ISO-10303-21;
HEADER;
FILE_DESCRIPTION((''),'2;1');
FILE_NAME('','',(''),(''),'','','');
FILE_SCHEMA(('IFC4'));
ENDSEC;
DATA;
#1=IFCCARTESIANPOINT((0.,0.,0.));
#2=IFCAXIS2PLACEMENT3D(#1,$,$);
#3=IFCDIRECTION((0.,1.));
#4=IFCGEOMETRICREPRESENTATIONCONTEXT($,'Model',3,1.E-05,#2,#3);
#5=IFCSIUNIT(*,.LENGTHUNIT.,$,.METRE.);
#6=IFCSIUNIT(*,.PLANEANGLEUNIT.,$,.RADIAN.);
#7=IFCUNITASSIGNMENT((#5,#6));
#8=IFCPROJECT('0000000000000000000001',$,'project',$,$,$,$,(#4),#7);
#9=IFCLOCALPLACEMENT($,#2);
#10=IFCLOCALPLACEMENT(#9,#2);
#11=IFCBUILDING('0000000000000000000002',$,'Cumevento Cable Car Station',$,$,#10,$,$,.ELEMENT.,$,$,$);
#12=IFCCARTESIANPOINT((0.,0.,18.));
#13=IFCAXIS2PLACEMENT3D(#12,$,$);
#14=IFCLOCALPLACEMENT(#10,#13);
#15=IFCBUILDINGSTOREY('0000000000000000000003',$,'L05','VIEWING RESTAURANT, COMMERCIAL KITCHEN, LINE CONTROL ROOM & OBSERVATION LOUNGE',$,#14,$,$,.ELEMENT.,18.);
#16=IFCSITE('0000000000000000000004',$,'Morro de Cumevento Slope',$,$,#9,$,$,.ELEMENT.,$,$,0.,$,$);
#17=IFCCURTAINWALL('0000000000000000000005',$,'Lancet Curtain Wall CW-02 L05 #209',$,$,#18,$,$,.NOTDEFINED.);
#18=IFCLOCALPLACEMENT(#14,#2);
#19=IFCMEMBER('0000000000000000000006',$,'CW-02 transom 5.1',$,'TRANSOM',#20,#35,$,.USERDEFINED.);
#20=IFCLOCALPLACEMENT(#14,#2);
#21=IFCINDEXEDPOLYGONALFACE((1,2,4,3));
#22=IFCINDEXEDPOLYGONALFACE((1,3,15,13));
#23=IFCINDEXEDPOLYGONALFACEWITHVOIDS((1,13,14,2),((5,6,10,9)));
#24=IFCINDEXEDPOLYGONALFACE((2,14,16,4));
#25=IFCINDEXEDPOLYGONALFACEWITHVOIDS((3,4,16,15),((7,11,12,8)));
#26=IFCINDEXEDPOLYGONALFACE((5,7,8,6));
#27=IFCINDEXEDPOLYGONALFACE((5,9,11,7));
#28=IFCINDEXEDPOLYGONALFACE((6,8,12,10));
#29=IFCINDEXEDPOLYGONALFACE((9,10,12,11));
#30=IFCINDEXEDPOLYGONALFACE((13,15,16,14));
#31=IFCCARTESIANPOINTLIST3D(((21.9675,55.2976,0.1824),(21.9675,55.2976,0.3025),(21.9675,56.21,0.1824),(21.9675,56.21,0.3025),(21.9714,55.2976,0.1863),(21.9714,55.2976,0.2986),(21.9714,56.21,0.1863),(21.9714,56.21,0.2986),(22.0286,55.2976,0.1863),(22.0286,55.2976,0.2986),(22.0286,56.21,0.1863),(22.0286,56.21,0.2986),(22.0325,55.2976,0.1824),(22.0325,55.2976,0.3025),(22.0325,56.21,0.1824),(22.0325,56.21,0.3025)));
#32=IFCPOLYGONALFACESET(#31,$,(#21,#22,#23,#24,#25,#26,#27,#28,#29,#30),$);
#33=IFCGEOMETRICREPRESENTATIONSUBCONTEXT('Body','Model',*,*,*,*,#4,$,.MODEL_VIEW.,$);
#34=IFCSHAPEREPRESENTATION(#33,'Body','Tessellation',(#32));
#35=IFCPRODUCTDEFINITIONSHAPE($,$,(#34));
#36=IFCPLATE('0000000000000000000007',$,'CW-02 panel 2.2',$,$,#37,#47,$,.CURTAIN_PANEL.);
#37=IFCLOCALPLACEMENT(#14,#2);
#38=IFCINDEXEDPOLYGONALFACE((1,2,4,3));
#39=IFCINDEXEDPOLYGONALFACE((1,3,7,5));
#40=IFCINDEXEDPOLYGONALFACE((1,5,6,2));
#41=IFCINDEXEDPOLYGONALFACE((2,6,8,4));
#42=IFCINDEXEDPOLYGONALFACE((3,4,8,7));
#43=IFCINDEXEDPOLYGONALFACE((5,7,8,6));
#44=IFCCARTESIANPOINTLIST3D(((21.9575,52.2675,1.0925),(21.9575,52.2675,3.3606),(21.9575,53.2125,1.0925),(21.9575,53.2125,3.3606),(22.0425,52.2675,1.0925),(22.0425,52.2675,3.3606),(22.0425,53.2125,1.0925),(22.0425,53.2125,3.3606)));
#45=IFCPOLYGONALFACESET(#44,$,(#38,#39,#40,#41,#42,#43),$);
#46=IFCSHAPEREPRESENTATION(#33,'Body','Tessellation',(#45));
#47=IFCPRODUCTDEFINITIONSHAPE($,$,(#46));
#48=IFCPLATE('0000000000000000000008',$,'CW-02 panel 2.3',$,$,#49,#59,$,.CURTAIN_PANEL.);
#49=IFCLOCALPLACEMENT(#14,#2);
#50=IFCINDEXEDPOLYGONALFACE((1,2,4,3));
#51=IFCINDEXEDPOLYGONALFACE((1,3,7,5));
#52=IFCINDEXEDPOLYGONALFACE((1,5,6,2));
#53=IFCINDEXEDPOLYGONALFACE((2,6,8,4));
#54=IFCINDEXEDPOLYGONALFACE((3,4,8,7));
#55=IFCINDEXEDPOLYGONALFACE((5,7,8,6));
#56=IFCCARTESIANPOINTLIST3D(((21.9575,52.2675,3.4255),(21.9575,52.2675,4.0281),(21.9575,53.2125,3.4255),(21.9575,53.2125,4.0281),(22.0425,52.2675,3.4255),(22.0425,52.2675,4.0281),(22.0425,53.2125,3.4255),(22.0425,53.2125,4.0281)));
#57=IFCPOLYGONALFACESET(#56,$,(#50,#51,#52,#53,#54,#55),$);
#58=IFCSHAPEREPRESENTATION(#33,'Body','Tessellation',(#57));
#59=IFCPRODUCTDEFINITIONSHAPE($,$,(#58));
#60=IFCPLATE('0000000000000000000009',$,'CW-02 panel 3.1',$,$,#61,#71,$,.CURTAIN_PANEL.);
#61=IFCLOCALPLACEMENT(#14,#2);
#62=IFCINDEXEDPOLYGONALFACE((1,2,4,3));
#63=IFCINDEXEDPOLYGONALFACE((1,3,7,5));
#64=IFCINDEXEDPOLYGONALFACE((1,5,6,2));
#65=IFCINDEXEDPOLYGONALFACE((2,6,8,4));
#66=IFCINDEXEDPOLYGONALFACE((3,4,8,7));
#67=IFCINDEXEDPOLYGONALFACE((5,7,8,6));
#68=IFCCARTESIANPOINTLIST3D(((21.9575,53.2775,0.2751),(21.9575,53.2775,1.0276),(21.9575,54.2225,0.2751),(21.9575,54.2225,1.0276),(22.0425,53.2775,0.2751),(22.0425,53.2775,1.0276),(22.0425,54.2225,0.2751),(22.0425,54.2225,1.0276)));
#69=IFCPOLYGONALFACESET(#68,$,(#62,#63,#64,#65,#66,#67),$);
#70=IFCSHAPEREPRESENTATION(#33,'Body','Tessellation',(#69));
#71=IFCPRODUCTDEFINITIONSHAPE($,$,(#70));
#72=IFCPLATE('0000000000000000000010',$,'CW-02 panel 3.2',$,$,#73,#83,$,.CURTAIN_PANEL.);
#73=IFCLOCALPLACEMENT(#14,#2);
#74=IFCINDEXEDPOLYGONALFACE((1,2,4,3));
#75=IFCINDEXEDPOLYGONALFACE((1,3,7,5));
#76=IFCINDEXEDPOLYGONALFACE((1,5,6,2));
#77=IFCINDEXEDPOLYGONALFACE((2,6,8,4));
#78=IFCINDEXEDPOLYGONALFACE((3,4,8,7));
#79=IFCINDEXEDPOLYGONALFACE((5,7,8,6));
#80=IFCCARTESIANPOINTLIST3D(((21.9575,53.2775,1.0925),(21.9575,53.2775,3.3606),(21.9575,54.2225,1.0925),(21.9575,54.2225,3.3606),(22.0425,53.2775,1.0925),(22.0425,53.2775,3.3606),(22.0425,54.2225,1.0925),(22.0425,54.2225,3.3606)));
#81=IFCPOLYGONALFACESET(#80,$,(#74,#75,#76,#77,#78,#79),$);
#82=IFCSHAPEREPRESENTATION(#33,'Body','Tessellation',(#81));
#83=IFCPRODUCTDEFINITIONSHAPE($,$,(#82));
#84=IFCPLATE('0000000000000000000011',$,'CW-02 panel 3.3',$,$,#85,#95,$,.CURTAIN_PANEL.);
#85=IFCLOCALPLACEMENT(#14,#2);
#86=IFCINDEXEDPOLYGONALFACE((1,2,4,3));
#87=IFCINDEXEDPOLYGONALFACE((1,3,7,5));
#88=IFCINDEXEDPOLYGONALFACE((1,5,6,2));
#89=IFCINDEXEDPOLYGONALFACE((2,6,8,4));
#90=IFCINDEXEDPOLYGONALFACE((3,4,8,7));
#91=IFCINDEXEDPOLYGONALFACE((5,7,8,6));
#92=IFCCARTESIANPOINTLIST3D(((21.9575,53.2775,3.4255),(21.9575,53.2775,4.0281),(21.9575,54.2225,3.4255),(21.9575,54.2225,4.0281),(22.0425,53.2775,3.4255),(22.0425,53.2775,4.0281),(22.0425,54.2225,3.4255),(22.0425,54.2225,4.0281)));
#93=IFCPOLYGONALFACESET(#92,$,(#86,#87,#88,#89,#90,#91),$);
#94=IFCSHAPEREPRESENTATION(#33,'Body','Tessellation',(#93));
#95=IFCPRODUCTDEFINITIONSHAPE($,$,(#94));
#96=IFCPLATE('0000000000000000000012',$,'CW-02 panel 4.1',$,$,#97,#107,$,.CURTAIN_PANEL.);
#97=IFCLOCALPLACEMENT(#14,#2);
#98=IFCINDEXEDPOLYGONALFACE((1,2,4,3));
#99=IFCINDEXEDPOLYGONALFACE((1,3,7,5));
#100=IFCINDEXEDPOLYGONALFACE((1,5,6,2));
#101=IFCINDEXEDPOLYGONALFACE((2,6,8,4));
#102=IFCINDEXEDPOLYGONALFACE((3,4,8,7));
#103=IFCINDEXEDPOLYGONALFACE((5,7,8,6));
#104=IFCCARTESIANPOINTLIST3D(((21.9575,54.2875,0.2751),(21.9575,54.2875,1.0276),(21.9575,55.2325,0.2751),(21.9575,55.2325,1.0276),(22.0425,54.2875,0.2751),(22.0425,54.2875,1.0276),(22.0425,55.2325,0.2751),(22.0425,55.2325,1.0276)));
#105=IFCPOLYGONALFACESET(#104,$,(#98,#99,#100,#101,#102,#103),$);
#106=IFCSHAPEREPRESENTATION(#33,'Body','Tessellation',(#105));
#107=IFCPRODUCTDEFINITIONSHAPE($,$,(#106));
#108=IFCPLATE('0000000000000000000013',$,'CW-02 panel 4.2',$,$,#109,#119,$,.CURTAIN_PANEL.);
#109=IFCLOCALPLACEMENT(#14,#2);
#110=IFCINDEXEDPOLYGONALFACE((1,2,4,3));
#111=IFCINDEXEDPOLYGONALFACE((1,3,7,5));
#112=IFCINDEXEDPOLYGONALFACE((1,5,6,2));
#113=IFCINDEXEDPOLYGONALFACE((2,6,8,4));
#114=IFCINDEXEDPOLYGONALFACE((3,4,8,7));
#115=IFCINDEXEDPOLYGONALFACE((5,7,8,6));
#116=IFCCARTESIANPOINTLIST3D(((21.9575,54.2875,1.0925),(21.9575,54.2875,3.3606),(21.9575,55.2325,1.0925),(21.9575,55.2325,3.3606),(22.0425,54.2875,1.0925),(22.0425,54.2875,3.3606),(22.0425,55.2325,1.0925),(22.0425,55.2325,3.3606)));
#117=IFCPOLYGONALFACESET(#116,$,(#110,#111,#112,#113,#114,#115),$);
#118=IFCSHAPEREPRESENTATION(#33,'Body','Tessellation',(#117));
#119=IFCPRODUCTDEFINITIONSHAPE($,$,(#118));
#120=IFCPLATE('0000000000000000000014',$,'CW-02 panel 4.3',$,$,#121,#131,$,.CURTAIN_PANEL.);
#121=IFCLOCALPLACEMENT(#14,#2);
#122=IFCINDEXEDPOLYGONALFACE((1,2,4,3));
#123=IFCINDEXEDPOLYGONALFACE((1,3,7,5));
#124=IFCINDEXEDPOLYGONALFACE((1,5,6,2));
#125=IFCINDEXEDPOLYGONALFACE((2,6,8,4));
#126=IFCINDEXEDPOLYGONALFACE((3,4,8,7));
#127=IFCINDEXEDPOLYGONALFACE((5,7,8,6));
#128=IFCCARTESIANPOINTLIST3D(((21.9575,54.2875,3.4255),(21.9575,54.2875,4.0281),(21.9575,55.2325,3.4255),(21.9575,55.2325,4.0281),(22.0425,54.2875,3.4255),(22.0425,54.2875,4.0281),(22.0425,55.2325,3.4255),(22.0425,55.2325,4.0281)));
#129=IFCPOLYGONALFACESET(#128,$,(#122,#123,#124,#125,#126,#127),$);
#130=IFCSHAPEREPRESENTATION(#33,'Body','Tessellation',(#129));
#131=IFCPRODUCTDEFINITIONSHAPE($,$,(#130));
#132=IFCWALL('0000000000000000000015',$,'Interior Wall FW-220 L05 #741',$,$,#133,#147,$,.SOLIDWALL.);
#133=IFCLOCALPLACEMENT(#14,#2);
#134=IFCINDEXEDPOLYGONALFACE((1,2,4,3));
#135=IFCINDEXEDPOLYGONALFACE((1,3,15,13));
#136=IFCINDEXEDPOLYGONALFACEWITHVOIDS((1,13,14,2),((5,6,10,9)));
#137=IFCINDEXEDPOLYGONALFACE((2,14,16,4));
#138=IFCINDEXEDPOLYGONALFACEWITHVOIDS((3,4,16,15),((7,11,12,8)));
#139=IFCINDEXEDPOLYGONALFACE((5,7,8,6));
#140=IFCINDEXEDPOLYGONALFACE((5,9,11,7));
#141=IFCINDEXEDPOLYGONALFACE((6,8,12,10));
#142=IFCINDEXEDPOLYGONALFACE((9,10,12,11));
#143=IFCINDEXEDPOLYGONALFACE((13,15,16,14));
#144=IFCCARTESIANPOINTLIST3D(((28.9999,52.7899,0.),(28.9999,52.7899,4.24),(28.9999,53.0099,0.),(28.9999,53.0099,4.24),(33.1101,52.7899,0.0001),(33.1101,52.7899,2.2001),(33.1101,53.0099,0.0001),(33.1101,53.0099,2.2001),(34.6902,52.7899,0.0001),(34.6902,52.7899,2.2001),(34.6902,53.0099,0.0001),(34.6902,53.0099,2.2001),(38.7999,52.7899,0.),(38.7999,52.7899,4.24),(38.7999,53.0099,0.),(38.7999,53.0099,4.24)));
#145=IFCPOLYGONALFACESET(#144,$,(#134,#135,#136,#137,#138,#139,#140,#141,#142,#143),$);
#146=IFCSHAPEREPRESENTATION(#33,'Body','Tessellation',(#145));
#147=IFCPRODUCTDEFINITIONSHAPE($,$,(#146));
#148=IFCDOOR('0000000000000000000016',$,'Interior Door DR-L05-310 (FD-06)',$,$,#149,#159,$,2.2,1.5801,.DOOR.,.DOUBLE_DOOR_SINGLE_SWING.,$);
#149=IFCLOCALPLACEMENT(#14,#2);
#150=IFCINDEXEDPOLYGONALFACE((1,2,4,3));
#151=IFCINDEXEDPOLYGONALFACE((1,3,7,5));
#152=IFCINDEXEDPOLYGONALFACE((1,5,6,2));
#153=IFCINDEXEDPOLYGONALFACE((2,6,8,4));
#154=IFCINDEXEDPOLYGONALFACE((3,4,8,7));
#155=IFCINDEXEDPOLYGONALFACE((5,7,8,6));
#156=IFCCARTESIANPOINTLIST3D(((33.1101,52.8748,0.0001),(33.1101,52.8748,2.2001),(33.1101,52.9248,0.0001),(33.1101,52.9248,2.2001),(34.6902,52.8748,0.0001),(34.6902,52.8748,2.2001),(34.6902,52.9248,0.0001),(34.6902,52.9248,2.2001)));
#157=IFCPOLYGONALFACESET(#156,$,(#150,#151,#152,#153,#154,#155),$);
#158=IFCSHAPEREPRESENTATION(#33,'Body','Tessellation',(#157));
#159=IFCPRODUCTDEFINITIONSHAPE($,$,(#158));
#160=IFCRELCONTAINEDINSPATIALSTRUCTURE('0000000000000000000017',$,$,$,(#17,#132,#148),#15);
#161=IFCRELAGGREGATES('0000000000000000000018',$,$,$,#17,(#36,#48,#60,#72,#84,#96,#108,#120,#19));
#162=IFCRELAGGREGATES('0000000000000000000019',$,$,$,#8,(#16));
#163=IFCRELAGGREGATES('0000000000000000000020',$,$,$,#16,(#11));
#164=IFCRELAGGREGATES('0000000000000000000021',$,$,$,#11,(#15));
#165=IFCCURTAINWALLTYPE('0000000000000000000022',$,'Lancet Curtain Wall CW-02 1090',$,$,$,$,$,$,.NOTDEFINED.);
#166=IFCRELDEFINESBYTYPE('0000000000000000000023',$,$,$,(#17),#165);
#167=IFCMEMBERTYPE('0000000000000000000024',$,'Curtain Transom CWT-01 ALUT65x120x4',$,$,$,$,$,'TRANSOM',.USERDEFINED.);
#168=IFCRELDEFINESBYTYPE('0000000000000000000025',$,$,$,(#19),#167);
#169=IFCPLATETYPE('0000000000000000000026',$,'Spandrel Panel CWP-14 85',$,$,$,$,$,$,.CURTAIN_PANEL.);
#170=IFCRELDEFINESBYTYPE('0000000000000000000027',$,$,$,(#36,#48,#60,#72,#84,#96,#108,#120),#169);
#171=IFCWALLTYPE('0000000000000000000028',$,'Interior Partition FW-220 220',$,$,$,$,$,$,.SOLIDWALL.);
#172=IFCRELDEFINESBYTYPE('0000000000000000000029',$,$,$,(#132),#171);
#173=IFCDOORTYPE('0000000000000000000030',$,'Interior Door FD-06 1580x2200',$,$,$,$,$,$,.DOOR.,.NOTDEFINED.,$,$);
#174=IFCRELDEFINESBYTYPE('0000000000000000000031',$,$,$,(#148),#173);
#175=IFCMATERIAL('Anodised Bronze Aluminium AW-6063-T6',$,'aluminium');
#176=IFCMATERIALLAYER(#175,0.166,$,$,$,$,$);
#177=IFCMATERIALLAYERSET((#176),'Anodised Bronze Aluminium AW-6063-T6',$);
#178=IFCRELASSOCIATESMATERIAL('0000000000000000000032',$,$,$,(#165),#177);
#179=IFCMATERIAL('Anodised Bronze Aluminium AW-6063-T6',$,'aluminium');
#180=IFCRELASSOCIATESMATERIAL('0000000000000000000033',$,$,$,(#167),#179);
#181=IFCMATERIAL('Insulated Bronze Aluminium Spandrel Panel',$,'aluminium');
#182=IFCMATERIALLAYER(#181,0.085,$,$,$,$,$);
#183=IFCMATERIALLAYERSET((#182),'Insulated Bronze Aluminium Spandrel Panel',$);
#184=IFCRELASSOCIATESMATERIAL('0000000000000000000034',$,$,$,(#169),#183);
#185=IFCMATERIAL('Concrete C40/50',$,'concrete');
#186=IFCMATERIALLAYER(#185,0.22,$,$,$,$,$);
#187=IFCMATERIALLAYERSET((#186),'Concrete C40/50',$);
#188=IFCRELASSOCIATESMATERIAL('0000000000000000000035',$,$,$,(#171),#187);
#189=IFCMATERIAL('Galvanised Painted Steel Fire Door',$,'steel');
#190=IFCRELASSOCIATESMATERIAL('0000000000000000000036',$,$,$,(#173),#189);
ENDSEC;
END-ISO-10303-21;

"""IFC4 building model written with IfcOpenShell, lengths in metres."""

from ifc_helpers import new_model, si_unit, direction, frame, frame_2d, origin, origin_2d, place, context, subcontext, project, spatial, rectangle, hollow_rectangle, extrude, material, layer, layer_set, material_profile, profile_set, type_object, element, fill, aggregate, save


model = new_model("IFC4")

# Units and contexts
model_context = context("Model", 3, precision=1e-05, world=origin(), true_north=direction((0.0, 1.0)))
body_context = subcontext(model_context, "Body", "Model", "MODEL_VIEW")
ifc_project = project(units=[si_unit("LENGTHUNIT", "METRE"), si_unit("PLANEANGLEUNIT", "RADIAN")], contexts=[model_context])

# Site, building, storey
site_placement = place(None, origin())
site = spatial("IfcSite", under=ifc_project, at=site_placement, Name="Morro de Cumevento Slope", CompositionType="ELEMENT", RefElevation=0.0)
building_placement = place(site_placement, origin())
building = spatial("IfcBuilding", under=site, at=building_placement, Name="Cumevento Cable Car Station", CompositionType="ELEMENT")
storey_placement = place(building_placement, frame((0.0, 0.0, 18.0)))
storey = spatial("IfcBuildingStorey", under=building, at=storey_placement, Name="L05", Description="VIEWING RESTAURANT, COMMERCIAL KITCHEN, LINE CONTROL ROOM & OBSERVATION LOUNGE", CompositionType="ELEMENT", Elevation=18.0)

# Curtain wall, member, plates
ifc_material_1 = material(Name="Anodised Bronze Aluminium AW-6063-T6", Category="aluminium")
ifc_layer_1 = layer(ifc_material_1, 0.166)
ifc_layer_set_1 = layer_set([ifc_layer_1], Name="Anodised Bronze Aluminium AW-6063-T6")
curtain_wall_type = type_object("IfcCurtainWallType", Name="Lancet Curtain Wall CW-02 1090", PredefinedType="NOTDEFINED", material=ifc_layer_set_1)
curtain_wall_placement = place(storey_placement, origin())
curtain_wall = element("IfcCurtainWall", 1, at=curtain_wall_placement, inside=storey, type_object=curtain_wall_type, Name="Lancet Curtain Wall CW-02 L05 #209", PredefinedType="NOTDEFINED")
ifc_material_2 = material(Name="Anodised Bronze Aluminium AW-6063-T6", Category="aluminium")
ifc_material_profile_1 = material_profile(ifc_material_2, hollow_rectangle(XDim=0.0649, YDim=0.1201, WallThickness=0.0039, at=origin_2d()), Name="ALUT65x120x4")
ifc_profile_set_1 = profile_set([ifc_material_profile_1], Name="Anodised Bronze Aluminium AW-6063-T6")
member_type_1 = type_object("IfcMemberType", Name="Curtain Transom CWT-01 ALUT65x120x4", ElementType="TRANSOM", PredefinedType="USERDEFINED", material=ifc_profile_set_1)
member_1_placement = place(storey_placement, frame((22.0, 55.2976, 0.2424), z_axis=(0.0, 1.0, 0.0), x_axis=(-1.0, 0.0, 0.0)))
member_1 = element("IfcMember", 2, at=member_1_placement, type_object=member_type_1, Name="CW-02 transom 5.1", ObjectType="TRANSOM", PredefinedType="USERDEFINED", context=body_context, shape_type="SweptSolid", body=[
    extrude(hollow_rectangle(XDim=0.0649, YDim=0.1201, WallThickness=0.0039, at=origin_2d()), origin(), (0.0, 0.0, 1.0), 0.9124),
])
ifc_material_3 = material(Name="Insulated Bronze Aluminium Spandrel Panel", Category="aluminium")
ifc_layer_2 = layer(ifc_material_3, 0.085)
ifc_layer_set_2 = layer_set([ifc_layer_2], Name="Insulated Bronze Aluminium Spandrel Panel")
plate_type = type_object("IfcPlateType", Name="Spandrel Panel CWP-14 85", PredefinedType="CURTAIN_PANEL", material=ifc_layer_set_2)
plate_1_placement = place(storey_placement, frame((22.0, 52.74, 1.0925), z_axis=(0.0, 0.0, 1.0), x_axis=(0.0, 1.0, 0.0)))
plate_1 = element("IfcPlate", 3, at=plate_1_placement, type_object=plate_type, Name="CW-02 panel 2.2", PredefinedType="CURTAIN_PANEL", context=body_context, shape_type="SweptSolid", body=[
    extrude(rectangle(XDim=0.9451, YDim=0.085, at=origin_2d()), origin(), (0.0, 0.0, 1.0), 2.2681),
])
plate_2_placement = place(storey_placement, frame((22.0, 52.74, 3.4255), z_axis=(0.0, 0.0, 1.0), x_axis=(0.0, 1.0, 0.0)))
plate_2 = element("IfcPlate", 4, at=plate_2_placement, type_object=plate_type, Name="CW-02 panel 2.3", PredefinedType="CURTAIN_PANEL", context=body_context, shape_type="SweptSolid", body=[
    extrude(rectangle(XDim=0.9451, YDim=0.085, at=origin_2d()), origin(), (0.0, 0.0, 1.0), 0.6025),
])
plate_3_placement = place(storey_placement, frame((22.0, 53.75, 0.2751), z_axis=(0.0, 0.0, 1.0), x_axis=(0.0, 1.0, 0.0)))
plate_3 = element("IfcPlate", 5, at=plate_3_placement, type_object=plate_type, Name="CW-02 panel 3.1", PredefinedType="CURTAIN_PANEL", context=body_context, shape_type="SweptSolid", body=[
    extrude(rectangle(XDim=0.9451, YDim=0.085, at=origin_2d()), origin(), (0.0, 0.0, 1.0), 0.7524),
])
plate_4_placement = place(storey_placement, frame((22.0, 53.75, 1.0925), z_axis=(0.0, 0.0, 1.0), x_axis=(0.0, 1.0, 0.0)))
plate_4 = element("IfcPlate", 6, at=plate_4_placement, type_object=plate_type, Name="CW-02 panel 3.2", PredefinedType="CURTAIN_PANEL", context=body_context, shape_type="SweptSolid", body=[
    extrude(rectangle(XDim=0.9451, YDim=0.085, at=origin_2d()), origin(), (0.0, 0.0, 1.0), 2.2681),
])
plate_5_placement = place(storey_placement, frame((22.0, 53.75, 3.4255), z_axis=(0.0, 0.0, 1.0), x_axis=(0.0, 1.0, 0.0)))
plate_5 = element("IfcPlate", 7, at=plate_5_placement, type_object=plate_type, Name="CW-02 panel 3.3", PredefinedType="CURTAIN_PANEL", context=body_context, shape_type="SweptSolid", body=[
    extrude(rectangle(XDim=0.9451, YDim=0.085, at=origin_2d()), origin(), (0.0, 0.0, 1.0), 0.6025),
])
plate_6_placement = place(storey_placement, frame((22.0, 54.76, 0.2751), z_axis=(0.0, 0.0, 1.0), x_axis=(0.0, 1.0, 0.0)))
plate_6 = element("IfcPlate", 8, at=plate_6_placement, type_object=plate_type, Name="CW-02 panel 4.1", PredefinedType="CURTAIN_PANEL", context=body_context, shape_type="SweptSolid", body=[
    extrude(rectangle(XDim=0.9451, YDim=0.085, at=origin_2d()), origin(), (0.0, 0.0, 1.0), 0.7524),
])
plate_7_placement = place(storey_placement, frame((22.0, 54.76, 1.0925), z_axis=(0.0, 0.0, 1.0), x_axis=(0.0, 1.0, 0.0)))
plate_7 = element("IfcPlate", 9, at=plate_7_placement, type_object=plate_type, Name="CW-02 panel 4.2", PredefinedType="CURTAIN_PANEL", context=body_context, shape_type="SweptSolid", body=[
    extrude(rectangle(XDim=0.9451, YDim=0.085, at=origin_2d()), origin(), (0.0, 0.0, 1.0), 2.2681),
])
plate_8_placement = place(storey_placement, frame((22.0, 54.76, 3.4255), z_axis=(0.0, 0.0, 1.0), x_axis=(0.0, 1.0, 0.0)))
plate_8 = element("IfcPlate", 10, at=plate_8_placement, type_object=plate_type, Name="CW-02 panel 4.3", PredefinedType="CURTAIN_PANEL", context=body_context, shape_type="SweptSolid", body=[
    extrude(rectangle(XDim=0.9451, YDim=0.085, at=origin_2d()), origin(), (0.0, 0.0, 1.0), 0.6025),
])
aggregate(curtain_wall, [plate_1, plate_2, plate_3, plate_4, plate_5, plate_6, plate_7, plate_8, member_1])

# Wall, opening, door
ifc_material_4 = material(Name="Concrete C40/50", Category="concrete")
ifc_layer_3 = layer(ifc_material_4, 0.22)
ifc_layer_set_3 = layer_set([ifc_layer_3], Name="Concrete C40/50")
wall_type_1 = type_object("IfcWallType", Name="Interior Partition FW-220 220", PredefinedType="SOLIDWALL", material=ifc_layer_set_3)
wall_1_placement = place(storey_placement, frame((29.0, 52.8999, 0.0), z_axis=(0.0, 0.0, 1.0), x_axis=(1.0, 0.0, 0.0)))
wall_1 = element("IfcWall", 11, at=wall_1_placement, inside=storey, type_object=wall_type_1, Name="Interior Wall FW-220 L05 #741", PredefinedType="SOLIDWALL", context=body_context, shape_type="SweptSolid", body=[
    extrude(rectangle(XDim=9.8, YDim=0.22, at=frame_2d((4.8999, 0.0))), origin(), (0.0, 0.0, 1.0), 4.24),
])
opening_1_placement = place(wall_1_placement, frame((4.1101, 0.0, 0.0)))
opening_1 = element("IfcOpeningElement", 12, at=opening_1_placement, cuts=wall_1, PredefinedType="OPENING", context=body_context, shape_type="SweptSolid", body=[
    extrude(rectangle(XDim=1.5801, YDim=2.2, at=frame_2d((0.79, 1.1001))), frame((0.0, 0.1199, 0.0), z_axis=(0.0, -1.0, 0.0), x_axis=(1.0, 0.0, 0.0)), (0.0, 0.0, 1.0), 0.24),
])
ifc_material_5 = material(Name="Galvanised Painted Steel Fire Door", Category="steel")
door_type = type_object("IfcDoorType", Name="Interior Door FD-06 1580x2200", OperationType="NOTDEFINED", PredefinedType="DOOR", material=ifc_material_5)
door_1_placement = place(opening_1_placement, origin())
door_1 = element("IfcDoor", 13, at=door_1_placement, inside=storey, type_object=door_type, Name="Interior Door DR-L05-310 (FD-06)", OperationType="DOUBLE_DOOR_SINGLE_SWING", OverallHeight=2.2, OverallWidth=1.5801, PredefinedType="DOOR", context=body_context, shape_type="SweptSolid", body=[
    extrude(rectangle(XDim=1.5801, YDim=2.2, at=frame_2d((0.79, 1.1001))), frame((0.0, 0.0249, 0.0), z_axis=(0.0, -1.0, 0.0), x_axis=(1.0, 0.0, 0.0)), (0.0, 0.0, 1.0), 0.05),
])
fill(opening_1, door_1)

save(model, "model.ifc")
